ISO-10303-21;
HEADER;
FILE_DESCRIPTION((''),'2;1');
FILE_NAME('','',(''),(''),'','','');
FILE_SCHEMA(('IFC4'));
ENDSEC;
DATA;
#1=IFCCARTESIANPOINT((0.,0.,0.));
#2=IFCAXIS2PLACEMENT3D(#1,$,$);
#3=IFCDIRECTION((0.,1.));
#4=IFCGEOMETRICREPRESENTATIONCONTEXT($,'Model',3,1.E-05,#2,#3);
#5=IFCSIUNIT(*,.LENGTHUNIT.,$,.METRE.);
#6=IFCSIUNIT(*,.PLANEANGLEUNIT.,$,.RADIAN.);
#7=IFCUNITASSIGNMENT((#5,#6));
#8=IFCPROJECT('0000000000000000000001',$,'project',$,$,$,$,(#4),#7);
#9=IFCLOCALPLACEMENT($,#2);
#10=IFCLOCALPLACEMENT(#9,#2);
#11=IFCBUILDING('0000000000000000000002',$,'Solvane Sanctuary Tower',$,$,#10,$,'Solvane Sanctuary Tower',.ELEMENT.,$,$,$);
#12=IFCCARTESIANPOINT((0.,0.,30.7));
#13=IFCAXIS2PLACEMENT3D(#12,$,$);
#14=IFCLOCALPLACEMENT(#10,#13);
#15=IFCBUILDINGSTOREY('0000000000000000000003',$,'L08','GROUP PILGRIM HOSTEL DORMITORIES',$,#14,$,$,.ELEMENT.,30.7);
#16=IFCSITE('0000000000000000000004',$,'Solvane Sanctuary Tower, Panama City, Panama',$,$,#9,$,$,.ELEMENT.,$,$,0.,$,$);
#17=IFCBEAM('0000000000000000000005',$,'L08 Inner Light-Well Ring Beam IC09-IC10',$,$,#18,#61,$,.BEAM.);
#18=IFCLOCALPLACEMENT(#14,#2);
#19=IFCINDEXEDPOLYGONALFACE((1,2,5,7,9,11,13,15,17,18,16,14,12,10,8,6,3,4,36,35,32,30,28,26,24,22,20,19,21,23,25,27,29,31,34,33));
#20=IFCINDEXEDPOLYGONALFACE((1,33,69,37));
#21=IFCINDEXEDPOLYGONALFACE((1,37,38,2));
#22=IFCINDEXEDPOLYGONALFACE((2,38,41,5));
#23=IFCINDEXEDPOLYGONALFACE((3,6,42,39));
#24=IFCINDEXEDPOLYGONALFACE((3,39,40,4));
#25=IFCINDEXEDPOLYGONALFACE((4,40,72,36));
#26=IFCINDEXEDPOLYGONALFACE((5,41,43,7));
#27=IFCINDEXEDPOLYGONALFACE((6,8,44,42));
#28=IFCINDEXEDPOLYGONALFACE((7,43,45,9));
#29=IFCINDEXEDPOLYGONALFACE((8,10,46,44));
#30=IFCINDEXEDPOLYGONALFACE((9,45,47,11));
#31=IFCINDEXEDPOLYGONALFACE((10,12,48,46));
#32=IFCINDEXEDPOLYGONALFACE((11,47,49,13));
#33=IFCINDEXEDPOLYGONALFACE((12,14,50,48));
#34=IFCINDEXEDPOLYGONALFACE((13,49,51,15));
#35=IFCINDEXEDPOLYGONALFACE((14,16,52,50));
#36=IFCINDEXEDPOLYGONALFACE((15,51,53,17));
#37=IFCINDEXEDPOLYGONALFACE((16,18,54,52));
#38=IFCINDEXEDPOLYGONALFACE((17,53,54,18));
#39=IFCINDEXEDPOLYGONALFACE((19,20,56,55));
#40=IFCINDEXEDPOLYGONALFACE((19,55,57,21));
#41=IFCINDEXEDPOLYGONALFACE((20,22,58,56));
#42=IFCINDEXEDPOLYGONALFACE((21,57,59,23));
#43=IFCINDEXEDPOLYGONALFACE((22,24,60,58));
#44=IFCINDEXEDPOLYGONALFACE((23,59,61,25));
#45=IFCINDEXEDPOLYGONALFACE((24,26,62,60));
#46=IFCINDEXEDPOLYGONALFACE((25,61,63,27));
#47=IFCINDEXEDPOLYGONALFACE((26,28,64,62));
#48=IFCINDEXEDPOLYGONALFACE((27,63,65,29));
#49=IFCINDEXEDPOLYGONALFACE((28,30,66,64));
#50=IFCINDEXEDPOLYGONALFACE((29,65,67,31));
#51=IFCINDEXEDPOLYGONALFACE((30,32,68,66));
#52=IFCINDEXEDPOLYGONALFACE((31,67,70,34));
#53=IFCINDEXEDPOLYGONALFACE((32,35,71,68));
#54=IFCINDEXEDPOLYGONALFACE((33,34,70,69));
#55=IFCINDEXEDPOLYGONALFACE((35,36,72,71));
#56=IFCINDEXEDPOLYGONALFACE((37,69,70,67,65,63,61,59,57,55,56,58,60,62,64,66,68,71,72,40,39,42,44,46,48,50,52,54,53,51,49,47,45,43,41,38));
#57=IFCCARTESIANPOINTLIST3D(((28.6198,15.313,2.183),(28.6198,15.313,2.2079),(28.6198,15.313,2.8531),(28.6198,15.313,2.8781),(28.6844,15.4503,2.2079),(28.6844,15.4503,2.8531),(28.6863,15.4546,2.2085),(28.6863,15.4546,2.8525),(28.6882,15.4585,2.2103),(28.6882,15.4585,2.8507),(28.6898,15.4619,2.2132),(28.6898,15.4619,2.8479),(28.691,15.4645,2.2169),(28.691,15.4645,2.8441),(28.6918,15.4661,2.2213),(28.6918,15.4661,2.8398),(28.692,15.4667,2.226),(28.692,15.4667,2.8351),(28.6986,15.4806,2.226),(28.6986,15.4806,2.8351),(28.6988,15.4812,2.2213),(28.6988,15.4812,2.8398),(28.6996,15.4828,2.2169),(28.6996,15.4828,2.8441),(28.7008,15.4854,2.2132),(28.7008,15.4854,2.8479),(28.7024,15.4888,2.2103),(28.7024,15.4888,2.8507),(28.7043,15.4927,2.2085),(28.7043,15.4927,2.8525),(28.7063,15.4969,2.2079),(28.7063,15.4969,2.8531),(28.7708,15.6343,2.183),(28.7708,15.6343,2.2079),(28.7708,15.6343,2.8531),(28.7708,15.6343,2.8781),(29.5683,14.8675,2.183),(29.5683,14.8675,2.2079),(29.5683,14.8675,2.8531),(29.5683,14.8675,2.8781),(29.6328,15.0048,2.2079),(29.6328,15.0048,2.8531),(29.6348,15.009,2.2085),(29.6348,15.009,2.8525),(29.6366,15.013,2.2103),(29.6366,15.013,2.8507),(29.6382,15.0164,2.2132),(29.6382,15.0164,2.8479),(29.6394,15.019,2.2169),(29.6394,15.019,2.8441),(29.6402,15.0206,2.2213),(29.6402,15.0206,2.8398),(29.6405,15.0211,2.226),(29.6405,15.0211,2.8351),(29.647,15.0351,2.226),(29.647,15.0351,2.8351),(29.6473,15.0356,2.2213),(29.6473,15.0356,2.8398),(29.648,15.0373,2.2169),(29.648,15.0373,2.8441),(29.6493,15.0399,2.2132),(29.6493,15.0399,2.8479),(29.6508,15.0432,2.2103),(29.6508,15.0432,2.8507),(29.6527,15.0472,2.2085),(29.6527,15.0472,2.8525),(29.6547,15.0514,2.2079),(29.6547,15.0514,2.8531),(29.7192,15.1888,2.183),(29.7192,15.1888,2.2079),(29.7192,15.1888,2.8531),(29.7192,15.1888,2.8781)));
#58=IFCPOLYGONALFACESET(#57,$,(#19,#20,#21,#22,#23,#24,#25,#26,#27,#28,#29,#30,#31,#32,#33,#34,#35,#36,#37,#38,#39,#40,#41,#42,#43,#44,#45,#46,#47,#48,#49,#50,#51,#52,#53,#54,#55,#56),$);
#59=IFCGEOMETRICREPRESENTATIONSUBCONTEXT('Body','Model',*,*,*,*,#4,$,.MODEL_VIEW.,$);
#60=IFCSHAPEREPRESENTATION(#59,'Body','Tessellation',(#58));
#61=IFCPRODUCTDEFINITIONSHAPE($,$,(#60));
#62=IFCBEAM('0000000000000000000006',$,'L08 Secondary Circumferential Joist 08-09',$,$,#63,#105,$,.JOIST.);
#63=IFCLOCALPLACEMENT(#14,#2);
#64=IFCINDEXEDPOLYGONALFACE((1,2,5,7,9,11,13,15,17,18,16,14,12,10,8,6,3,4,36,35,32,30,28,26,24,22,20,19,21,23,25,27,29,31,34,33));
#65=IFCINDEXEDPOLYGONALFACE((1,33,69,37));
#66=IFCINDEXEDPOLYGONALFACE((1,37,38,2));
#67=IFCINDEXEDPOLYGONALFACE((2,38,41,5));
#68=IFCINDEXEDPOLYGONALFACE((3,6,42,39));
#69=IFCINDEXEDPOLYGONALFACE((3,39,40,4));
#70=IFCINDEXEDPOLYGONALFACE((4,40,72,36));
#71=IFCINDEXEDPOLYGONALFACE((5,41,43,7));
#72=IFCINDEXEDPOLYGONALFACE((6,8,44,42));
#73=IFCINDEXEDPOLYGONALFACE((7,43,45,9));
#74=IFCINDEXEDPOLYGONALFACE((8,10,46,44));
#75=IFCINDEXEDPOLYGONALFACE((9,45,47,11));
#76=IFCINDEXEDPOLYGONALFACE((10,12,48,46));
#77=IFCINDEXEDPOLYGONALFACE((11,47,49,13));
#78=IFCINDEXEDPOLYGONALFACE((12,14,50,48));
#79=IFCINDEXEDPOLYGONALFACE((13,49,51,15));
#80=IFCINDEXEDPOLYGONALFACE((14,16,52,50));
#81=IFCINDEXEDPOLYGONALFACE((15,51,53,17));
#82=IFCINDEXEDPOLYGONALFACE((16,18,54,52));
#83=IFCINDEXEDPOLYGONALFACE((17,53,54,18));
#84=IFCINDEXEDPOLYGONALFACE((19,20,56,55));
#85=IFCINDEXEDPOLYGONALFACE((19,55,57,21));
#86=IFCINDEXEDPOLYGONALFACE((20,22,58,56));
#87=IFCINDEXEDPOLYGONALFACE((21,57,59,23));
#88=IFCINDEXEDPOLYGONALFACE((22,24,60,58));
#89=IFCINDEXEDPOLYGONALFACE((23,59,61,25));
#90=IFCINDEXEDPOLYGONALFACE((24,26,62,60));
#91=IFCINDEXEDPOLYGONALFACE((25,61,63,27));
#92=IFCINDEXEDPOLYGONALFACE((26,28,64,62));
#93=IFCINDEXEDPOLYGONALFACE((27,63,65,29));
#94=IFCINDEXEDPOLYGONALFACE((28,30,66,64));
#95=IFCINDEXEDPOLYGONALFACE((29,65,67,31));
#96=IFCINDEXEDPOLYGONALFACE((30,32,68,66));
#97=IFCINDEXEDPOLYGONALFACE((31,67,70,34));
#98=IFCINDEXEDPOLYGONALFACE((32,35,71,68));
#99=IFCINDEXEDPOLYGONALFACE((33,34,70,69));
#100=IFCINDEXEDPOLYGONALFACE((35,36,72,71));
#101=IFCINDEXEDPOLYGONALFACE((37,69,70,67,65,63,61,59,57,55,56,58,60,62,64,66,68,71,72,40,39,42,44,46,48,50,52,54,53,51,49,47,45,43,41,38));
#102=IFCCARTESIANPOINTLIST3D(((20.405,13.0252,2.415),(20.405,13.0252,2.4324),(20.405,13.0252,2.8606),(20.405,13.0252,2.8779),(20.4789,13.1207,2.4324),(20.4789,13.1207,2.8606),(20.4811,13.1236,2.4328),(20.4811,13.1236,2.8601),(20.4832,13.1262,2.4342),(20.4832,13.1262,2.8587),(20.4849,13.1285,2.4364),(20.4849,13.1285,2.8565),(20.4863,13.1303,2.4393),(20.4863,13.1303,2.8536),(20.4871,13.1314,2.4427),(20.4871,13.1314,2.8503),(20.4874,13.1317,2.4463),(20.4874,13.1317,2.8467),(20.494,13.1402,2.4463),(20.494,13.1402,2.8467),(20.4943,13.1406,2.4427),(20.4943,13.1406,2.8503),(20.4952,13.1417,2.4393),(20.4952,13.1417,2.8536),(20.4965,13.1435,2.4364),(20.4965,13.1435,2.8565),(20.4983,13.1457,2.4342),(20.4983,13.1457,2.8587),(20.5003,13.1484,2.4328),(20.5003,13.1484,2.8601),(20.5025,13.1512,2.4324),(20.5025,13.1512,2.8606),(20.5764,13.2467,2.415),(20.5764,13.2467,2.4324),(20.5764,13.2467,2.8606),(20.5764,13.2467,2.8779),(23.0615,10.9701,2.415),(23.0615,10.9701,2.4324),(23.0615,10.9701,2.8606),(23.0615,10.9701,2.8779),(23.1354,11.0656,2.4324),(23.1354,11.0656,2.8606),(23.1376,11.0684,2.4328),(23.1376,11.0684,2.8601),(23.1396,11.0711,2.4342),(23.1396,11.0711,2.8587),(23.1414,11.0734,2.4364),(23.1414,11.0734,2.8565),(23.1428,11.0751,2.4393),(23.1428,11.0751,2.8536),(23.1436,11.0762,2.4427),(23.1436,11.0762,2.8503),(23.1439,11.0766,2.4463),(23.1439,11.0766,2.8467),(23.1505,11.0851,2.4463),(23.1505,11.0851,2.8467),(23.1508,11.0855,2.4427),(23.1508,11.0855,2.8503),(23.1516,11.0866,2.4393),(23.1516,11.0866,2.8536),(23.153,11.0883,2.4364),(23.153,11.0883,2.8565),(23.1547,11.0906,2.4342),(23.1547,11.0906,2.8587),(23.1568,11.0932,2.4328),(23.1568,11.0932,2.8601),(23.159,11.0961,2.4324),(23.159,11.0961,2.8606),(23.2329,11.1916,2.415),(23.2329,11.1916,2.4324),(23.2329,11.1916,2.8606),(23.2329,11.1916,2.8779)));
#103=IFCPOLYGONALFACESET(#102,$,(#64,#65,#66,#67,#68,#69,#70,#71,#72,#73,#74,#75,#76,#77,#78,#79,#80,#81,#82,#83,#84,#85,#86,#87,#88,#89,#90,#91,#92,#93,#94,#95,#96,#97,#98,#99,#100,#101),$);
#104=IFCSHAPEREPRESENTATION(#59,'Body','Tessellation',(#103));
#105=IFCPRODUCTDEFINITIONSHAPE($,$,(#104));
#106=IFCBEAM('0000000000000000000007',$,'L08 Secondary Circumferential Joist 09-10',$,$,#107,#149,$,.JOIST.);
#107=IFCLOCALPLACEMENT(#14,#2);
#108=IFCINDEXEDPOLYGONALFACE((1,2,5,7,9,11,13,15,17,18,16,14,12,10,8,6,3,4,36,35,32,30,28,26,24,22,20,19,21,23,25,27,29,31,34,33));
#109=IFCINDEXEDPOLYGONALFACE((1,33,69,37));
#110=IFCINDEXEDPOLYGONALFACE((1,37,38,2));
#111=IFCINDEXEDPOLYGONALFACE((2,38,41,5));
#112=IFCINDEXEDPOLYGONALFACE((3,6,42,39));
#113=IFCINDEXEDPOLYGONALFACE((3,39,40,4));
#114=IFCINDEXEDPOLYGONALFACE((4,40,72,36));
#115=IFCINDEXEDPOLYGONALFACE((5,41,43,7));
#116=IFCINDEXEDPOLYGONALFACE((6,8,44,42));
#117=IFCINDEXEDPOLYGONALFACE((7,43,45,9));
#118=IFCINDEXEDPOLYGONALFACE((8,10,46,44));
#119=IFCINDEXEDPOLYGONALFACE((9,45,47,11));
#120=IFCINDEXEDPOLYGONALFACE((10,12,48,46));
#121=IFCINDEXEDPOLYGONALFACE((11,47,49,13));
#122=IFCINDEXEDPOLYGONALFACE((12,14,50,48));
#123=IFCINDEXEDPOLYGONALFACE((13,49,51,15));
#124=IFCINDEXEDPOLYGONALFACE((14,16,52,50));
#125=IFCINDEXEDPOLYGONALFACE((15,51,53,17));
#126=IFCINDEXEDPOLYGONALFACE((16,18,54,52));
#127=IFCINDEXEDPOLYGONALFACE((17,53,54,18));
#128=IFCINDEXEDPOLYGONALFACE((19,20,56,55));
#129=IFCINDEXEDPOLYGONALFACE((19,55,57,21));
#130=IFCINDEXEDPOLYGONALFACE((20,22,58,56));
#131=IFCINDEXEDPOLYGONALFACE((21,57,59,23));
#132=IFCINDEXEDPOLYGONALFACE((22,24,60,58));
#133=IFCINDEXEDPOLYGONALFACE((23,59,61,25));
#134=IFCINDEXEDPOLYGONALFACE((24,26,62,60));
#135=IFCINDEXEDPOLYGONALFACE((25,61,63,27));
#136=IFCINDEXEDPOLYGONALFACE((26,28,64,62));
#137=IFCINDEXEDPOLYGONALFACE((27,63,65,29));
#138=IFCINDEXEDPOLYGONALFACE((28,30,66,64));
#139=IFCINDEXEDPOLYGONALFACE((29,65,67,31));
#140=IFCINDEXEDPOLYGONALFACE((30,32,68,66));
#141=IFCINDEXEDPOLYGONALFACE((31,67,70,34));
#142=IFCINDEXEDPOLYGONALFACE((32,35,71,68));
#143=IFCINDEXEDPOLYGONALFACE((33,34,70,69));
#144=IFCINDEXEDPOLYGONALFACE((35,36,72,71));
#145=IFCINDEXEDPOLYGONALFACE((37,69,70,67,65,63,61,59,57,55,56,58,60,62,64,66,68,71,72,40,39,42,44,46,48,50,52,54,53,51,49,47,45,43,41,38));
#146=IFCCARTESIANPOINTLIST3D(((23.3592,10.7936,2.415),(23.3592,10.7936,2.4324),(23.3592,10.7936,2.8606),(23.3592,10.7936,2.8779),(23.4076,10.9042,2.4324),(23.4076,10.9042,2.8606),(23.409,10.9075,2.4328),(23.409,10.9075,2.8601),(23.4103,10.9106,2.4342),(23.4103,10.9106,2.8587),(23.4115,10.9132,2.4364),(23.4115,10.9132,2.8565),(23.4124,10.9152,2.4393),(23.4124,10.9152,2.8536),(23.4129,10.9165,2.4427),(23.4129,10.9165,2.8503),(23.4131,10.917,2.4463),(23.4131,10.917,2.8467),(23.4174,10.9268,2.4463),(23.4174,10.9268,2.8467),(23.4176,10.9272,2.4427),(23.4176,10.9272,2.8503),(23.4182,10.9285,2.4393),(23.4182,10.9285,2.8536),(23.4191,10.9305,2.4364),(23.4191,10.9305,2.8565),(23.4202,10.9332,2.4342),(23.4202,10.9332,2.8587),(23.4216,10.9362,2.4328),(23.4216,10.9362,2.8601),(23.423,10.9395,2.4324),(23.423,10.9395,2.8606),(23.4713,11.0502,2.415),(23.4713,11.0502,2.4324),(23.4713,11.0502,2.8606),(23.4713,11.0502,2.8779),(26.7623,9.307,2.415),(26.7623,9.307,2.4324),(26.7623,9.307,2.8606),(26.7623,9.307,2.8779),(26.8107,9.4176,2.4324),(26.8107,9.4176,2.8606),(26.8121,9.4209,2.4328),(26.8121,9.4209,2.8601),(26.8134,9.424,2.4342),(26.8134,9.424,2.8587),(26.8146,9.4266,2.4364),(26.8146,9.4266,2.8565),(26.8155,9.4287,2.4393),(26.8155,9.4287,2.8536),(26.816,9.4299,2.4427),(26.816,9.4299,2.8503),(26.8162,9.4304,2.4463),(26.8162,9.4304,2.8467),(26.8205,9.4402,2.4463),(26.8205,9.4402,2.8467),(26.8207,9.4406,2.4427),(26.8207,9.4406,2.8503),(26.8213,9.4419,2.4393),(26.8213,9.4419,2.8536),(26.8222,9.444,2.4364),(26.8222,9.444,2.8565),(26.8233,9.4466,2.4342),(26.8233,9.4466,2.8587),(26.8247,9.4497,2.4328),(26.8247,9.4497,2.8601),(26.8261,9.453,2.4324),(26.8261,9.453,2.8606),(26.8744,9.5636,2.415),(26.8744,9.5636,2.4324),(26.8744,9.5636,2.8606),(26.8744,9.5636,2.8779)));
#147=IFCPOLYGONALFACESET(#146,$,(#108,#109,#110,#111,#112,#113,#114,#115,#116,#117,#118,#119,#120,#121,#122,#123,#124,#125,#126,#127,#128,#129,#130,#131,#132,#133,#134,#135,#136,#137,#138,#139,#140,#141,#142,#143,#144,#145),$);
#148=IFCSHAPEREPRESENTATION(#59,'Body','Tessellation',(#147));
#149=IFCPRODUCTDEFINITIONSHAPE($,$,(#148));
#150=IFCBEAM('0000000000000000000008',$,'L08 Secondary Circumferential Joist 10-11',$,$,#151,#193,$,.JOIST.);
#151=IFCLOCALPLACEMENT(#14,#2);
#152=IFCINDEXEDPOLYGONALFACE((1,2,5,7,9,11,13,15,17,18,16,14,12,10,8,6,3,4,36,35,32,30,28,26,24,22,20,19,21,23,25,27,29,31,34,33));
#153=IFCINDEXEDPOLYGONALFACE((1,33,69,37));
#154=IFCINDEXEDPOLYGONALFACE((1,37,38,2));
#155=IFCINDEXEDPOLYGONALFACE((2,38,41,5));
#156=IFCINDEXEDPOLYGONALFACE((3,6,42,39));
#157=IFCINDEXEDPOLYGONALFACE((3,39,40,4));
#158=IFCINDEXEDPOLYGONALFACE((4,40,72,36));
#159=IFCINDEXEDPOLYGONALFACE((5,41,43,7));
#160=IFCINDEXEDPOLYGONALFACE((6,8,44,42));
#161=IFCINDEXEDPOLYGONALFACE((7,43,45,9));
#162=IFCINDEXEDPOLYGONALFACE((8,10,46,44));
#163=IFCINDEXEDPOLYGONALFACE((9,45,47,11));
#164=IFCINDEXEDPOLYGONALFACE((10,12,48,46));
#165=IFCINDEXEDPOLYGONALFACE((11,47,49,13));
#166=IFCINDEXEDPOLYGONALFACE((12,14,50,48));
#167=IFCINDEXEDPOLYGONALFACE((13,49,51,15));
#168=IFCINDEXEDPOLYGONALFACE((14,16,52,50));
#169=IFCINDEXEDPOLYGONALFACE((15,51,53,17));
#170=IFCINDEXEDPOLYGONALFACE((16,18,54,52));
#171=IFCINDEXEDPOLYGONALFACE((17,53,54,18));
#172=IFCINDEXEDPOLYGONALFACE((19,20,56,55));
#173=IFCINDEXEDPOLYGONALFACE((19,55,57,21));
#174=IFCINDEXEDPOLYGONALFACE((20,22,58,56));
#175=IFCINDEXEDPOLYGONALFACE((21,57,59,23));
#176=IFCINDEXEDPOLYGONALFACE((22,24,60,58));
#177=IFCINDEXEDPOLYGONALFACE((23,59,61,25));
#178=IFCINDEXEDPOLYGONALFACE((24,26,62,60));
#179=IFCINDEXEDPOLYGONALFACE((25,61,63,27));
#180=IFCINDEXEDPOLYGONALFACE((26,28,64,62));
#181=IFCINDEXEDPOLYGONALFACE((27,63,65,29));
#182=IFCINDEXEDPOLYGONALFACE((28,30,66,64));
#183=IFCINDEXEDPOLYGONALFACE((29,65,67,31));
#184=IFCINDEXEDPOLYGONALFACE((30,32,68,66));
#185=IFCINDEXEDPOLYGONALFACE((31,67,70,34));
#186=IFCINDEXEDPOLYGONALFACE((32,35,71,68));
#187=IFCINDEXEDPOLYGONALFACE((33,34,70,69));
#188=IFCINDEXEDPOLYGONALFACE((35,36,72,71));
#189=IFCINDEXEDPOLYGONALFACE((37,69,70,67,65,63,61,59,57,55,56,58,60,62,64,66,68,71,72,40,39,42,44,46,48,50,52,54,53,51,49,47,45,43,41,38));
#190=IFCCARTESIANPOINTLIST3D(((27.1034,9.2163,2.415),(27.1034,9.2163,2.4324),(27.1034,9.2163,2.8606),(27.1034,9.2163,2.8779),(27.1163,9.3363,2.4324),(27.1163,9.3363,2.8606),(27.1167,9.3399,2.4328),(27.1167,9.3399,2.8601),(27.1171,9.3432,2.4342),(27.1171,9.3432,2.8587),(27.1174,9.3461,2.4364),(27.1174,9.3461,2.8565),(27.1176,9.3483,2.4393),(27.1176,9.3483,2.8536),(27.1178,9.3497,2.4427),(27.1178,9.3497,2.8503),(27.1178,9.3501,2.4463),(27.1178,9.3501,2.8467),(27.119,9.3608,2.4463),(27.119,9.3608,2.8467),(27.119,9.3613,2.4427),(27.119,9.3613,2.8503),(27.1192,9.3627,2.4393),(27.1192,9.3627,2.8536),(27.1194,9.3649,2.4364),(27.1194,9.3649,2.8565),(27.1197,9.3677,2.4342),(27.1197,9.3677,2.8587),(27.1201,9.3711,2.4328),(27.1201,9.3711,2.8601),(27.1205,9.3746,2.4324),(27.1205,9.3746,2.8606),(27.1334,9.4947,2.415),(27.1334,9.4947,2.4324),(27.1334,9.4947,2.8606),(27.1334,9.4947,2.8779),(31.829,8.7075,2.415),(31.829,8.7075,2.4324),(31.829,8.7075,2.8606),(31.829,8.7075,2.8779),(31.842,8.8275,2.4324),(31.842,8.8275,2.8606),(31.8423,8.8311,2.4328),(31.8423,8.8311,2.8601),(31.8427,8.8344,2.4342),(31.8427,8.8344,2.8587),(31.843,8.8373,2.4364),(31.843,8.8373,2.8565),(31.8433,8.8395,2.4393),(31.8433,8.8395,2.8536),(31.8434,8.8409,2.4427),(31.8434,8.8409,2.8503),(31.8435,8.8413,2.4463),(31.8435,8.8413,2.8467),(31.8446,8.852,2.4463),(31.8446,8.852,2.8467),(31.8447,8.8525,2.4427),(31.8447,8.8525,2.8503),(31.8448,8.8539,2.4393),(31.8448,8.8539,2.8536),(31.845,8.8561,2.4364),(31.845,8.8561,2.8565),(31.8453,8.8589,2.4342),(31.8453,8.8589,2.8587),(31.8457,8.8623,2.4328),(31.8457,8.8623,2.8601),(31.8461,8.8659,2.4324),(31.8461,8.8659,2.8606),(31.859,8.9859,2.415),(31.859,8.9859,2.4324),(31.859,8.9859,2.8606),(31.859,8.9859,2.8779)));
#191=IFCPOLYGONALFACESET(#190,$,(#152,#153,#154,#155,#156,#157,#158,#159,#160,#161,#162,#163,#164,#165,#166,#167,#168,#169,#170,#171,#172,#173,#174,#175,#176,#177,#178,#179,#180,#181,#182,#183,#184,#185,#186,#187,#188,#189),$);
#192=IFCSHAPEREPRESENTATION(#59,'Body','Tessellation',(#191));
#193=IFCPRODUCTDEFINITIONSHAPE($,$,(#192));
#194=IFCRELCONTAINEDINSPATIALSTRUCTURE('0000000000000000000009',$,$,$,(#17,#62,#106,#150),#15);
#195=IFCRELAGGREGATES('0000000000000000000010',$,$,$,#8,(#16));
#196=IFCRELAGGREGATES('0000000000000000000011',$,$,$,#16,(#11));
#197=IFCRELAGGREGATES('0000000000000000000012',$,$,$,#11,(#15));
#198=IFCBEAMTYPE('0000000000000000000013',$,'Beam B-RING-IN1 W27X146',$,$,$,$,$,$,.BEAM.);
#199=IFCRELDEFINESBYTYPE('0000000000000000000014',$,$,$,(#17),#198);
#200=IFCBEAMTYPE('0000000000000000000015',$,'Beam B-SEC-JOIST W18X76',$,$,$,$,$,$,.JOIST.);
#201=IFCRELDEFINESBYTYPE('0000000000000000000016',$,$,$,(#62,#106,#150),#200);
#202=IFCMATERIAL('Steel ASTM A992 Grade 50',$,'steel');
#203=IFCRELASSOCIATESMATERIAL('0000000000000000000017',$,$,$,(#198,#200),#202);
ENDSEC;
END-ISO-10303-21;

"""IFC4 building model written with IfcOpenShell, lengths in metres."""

from ifc_helpers import new_model, si_unit, direction, frame, origin, origin_2d, place, context, subcontext, project, spatial, i_section, extrude, material, material_profile, profile_set, type_object, element, save


model = new_model("IFC4")

# Units and contexts
model_context = context("Model", 3, precision=1e-05, world=origin(), true_north=direction((0.0, 1.0)))
body_context = subcontext(model_context, "Body", "Model", "MODEL_VIEW")
ifc_project = project(units=[si_unit("LENGTHUNIT", "METRE"), si_unit("PLANEANGLEUNIT", "RADIAN")], contexts=[model_context])

# Site, building, storey
site_placement = place(None, origin())
site = spatial("IfcSite", under=ifc_project, at=site_placement, Name="Solvane Sanctuary Tower, Panama City, Panama", CompositionType="ELEMENT", RefElevation=0.0)
building_placement = place(site_placement, origin())
building = spatial("IfcBuilding", under=site, at=building_placement, Name="Solvane Sanctuary Tower", LongName="Solvane Sanctuary Tower", CompositionType="ELEMENT")
storey_placement = place(building_placement, frame((0.0, 0.0, 30.7)))
storey = spatial("IfcBuildingStorey", under=building, at=storey_placement, Name="L08", Description="GROUP PILGRIM HOSTEL DORMITORIES", CompositionType="ELEMENT", Elevation=30.7)

# Beams
ifc_material_1 = material(Name="Steel ASTM A992 Grade 50", Category="steel")
ifc_material_profile_1 = material_profile(ifc_material_1, i_section(OverallWidth=0.355, OverallDepth=0.6951, WebThickness=0.0154, FlangeThickness=0.0249, FilletRadius=0.0181, at=origin_2d()), Name="W27X146")
ifc_profile_set_1 = profile_set([ifc_material_profile_1], Name="Steel ASTM A992 Grade 50")
beam_type_1 = type_object("IfcBeamType", Name="Beam B-RING-IN1 W27X146", PredefinedType="BEAM", material=ifc_profile_set_1)
beam_1_placement = place(storey_placement, frame((28.6953, 15.4736, 2.5305), z_axis=(0.905109, -0.42518, 0.0), x_axis=(0.42518, 0.905109, 0.0)))
element("IfcBeam", 1, at=beam_1_placement, inside=storey, type_object=beam_type_1, Name="L08 Inner Light-Well Ring Beam IC09-IC10", PredefinedType="BEAM", context=body_context, shape_type="SweptSolid", body=[
    extrude(i_section(OverallWidth=0.355, OverallDepth=0.6951, WebThickness=0.0154, FlangeThickness=0.0249, FilletRadius=0.0181, at=origin_2d()), origin(), (0.0, 0.0, 1.0), 1.0479),
])
ifc_material_profile_2 = material_profile(ifc_material_1, i_section(OverallWidth=0.28, OverallDepth=0.4629, WebThickness=0.0107, FlangeThickness=0.0173, FilletRadius=0.0139, at=origin_2d()), Name="W18X76")
ifc_profile_set_2 = profile_set([ifc_material_profile_2], Name="Steel ASTM A992 Grade 50")
beam_type_2 = type_object("IfcBeamType", Name="Beam B-SEC-JOIST W18X76", PredefinedType="JOIST", material=ifc_profile_set_2)
beam_2_placement = place(storey_placement, frame((20.4907, 13.136, 2.6465), z_axis=(0.790935, -0.6119, 0.0), x_axis=(0.6119, 0.790935, 0.0)))
element("IfcBeam", 2, at=beam_2_placement, inside=storey, type_object=beam_type_2, Name="L08 Secondary Circumferential Joist 08-09", PredefinedType="JOIST", context=body_context, shape_type="SweptSolid", body=[
    extrude(i_section(OverallWidth=0.28, OverallDepth=0.4629, WebThickness=0.0107, FlangeThickness=0.0173, FilletRadius=0.0139, at=origin_2d()), origin(), (0.0, 0.0, 1.0), 3.3586),
])
beam_3_placement = place(storey_placement, frame((23.4153, 10.9219, 2.6465), z_axis=(0.916382, -0.400305, 0.0), x_axis=(0.400305, 0.916382, 0.0)))
element("IfcBeam", 3, at=beam_3_placement, inside=storey, type_object=beam_type_2, Name="L08 Secondary Circumferential Joist 09-10", PredefinedType="JOIST", context=body_context, shape_type="SweptSolid", body=[
    extrude(i_section(OverallWidth=0.28, OverallDepth=0.4629, WebThickness=0.0107, FlangeThickness=0.0173, FilletRadius=0.0139, at=origin_2d()), origin(), (0.0, 0.0, 1.0), 3.7136),
])
beam_4_placement = place(storey_placement, frame((27.1184, 9.3555, 2.6465), z_axis=(0.994254, -0.107048, 0.0), x_axis=(0.107048, 0.994254, 0.0)))
element("IfcBeam", 4, at=beam_4_placement, inside=storey, type_object=beam_type_2, Name="L08 Secondary Circumferential Joist 10-11", PredefinedType="JOIST", context=body_context, shape_type="SweptSolid", body=[
    extrude(i_section(OverallWidth=0.28, OverallDepth=0.4629, WebThickness=0.0107, FlangeThickness=0.0173, FilletRadius=0.0139, at=origin_2d()), origin(), (0.0, 0.0, 1.0), 4.7529),
])

save(model, "model.ifc")
